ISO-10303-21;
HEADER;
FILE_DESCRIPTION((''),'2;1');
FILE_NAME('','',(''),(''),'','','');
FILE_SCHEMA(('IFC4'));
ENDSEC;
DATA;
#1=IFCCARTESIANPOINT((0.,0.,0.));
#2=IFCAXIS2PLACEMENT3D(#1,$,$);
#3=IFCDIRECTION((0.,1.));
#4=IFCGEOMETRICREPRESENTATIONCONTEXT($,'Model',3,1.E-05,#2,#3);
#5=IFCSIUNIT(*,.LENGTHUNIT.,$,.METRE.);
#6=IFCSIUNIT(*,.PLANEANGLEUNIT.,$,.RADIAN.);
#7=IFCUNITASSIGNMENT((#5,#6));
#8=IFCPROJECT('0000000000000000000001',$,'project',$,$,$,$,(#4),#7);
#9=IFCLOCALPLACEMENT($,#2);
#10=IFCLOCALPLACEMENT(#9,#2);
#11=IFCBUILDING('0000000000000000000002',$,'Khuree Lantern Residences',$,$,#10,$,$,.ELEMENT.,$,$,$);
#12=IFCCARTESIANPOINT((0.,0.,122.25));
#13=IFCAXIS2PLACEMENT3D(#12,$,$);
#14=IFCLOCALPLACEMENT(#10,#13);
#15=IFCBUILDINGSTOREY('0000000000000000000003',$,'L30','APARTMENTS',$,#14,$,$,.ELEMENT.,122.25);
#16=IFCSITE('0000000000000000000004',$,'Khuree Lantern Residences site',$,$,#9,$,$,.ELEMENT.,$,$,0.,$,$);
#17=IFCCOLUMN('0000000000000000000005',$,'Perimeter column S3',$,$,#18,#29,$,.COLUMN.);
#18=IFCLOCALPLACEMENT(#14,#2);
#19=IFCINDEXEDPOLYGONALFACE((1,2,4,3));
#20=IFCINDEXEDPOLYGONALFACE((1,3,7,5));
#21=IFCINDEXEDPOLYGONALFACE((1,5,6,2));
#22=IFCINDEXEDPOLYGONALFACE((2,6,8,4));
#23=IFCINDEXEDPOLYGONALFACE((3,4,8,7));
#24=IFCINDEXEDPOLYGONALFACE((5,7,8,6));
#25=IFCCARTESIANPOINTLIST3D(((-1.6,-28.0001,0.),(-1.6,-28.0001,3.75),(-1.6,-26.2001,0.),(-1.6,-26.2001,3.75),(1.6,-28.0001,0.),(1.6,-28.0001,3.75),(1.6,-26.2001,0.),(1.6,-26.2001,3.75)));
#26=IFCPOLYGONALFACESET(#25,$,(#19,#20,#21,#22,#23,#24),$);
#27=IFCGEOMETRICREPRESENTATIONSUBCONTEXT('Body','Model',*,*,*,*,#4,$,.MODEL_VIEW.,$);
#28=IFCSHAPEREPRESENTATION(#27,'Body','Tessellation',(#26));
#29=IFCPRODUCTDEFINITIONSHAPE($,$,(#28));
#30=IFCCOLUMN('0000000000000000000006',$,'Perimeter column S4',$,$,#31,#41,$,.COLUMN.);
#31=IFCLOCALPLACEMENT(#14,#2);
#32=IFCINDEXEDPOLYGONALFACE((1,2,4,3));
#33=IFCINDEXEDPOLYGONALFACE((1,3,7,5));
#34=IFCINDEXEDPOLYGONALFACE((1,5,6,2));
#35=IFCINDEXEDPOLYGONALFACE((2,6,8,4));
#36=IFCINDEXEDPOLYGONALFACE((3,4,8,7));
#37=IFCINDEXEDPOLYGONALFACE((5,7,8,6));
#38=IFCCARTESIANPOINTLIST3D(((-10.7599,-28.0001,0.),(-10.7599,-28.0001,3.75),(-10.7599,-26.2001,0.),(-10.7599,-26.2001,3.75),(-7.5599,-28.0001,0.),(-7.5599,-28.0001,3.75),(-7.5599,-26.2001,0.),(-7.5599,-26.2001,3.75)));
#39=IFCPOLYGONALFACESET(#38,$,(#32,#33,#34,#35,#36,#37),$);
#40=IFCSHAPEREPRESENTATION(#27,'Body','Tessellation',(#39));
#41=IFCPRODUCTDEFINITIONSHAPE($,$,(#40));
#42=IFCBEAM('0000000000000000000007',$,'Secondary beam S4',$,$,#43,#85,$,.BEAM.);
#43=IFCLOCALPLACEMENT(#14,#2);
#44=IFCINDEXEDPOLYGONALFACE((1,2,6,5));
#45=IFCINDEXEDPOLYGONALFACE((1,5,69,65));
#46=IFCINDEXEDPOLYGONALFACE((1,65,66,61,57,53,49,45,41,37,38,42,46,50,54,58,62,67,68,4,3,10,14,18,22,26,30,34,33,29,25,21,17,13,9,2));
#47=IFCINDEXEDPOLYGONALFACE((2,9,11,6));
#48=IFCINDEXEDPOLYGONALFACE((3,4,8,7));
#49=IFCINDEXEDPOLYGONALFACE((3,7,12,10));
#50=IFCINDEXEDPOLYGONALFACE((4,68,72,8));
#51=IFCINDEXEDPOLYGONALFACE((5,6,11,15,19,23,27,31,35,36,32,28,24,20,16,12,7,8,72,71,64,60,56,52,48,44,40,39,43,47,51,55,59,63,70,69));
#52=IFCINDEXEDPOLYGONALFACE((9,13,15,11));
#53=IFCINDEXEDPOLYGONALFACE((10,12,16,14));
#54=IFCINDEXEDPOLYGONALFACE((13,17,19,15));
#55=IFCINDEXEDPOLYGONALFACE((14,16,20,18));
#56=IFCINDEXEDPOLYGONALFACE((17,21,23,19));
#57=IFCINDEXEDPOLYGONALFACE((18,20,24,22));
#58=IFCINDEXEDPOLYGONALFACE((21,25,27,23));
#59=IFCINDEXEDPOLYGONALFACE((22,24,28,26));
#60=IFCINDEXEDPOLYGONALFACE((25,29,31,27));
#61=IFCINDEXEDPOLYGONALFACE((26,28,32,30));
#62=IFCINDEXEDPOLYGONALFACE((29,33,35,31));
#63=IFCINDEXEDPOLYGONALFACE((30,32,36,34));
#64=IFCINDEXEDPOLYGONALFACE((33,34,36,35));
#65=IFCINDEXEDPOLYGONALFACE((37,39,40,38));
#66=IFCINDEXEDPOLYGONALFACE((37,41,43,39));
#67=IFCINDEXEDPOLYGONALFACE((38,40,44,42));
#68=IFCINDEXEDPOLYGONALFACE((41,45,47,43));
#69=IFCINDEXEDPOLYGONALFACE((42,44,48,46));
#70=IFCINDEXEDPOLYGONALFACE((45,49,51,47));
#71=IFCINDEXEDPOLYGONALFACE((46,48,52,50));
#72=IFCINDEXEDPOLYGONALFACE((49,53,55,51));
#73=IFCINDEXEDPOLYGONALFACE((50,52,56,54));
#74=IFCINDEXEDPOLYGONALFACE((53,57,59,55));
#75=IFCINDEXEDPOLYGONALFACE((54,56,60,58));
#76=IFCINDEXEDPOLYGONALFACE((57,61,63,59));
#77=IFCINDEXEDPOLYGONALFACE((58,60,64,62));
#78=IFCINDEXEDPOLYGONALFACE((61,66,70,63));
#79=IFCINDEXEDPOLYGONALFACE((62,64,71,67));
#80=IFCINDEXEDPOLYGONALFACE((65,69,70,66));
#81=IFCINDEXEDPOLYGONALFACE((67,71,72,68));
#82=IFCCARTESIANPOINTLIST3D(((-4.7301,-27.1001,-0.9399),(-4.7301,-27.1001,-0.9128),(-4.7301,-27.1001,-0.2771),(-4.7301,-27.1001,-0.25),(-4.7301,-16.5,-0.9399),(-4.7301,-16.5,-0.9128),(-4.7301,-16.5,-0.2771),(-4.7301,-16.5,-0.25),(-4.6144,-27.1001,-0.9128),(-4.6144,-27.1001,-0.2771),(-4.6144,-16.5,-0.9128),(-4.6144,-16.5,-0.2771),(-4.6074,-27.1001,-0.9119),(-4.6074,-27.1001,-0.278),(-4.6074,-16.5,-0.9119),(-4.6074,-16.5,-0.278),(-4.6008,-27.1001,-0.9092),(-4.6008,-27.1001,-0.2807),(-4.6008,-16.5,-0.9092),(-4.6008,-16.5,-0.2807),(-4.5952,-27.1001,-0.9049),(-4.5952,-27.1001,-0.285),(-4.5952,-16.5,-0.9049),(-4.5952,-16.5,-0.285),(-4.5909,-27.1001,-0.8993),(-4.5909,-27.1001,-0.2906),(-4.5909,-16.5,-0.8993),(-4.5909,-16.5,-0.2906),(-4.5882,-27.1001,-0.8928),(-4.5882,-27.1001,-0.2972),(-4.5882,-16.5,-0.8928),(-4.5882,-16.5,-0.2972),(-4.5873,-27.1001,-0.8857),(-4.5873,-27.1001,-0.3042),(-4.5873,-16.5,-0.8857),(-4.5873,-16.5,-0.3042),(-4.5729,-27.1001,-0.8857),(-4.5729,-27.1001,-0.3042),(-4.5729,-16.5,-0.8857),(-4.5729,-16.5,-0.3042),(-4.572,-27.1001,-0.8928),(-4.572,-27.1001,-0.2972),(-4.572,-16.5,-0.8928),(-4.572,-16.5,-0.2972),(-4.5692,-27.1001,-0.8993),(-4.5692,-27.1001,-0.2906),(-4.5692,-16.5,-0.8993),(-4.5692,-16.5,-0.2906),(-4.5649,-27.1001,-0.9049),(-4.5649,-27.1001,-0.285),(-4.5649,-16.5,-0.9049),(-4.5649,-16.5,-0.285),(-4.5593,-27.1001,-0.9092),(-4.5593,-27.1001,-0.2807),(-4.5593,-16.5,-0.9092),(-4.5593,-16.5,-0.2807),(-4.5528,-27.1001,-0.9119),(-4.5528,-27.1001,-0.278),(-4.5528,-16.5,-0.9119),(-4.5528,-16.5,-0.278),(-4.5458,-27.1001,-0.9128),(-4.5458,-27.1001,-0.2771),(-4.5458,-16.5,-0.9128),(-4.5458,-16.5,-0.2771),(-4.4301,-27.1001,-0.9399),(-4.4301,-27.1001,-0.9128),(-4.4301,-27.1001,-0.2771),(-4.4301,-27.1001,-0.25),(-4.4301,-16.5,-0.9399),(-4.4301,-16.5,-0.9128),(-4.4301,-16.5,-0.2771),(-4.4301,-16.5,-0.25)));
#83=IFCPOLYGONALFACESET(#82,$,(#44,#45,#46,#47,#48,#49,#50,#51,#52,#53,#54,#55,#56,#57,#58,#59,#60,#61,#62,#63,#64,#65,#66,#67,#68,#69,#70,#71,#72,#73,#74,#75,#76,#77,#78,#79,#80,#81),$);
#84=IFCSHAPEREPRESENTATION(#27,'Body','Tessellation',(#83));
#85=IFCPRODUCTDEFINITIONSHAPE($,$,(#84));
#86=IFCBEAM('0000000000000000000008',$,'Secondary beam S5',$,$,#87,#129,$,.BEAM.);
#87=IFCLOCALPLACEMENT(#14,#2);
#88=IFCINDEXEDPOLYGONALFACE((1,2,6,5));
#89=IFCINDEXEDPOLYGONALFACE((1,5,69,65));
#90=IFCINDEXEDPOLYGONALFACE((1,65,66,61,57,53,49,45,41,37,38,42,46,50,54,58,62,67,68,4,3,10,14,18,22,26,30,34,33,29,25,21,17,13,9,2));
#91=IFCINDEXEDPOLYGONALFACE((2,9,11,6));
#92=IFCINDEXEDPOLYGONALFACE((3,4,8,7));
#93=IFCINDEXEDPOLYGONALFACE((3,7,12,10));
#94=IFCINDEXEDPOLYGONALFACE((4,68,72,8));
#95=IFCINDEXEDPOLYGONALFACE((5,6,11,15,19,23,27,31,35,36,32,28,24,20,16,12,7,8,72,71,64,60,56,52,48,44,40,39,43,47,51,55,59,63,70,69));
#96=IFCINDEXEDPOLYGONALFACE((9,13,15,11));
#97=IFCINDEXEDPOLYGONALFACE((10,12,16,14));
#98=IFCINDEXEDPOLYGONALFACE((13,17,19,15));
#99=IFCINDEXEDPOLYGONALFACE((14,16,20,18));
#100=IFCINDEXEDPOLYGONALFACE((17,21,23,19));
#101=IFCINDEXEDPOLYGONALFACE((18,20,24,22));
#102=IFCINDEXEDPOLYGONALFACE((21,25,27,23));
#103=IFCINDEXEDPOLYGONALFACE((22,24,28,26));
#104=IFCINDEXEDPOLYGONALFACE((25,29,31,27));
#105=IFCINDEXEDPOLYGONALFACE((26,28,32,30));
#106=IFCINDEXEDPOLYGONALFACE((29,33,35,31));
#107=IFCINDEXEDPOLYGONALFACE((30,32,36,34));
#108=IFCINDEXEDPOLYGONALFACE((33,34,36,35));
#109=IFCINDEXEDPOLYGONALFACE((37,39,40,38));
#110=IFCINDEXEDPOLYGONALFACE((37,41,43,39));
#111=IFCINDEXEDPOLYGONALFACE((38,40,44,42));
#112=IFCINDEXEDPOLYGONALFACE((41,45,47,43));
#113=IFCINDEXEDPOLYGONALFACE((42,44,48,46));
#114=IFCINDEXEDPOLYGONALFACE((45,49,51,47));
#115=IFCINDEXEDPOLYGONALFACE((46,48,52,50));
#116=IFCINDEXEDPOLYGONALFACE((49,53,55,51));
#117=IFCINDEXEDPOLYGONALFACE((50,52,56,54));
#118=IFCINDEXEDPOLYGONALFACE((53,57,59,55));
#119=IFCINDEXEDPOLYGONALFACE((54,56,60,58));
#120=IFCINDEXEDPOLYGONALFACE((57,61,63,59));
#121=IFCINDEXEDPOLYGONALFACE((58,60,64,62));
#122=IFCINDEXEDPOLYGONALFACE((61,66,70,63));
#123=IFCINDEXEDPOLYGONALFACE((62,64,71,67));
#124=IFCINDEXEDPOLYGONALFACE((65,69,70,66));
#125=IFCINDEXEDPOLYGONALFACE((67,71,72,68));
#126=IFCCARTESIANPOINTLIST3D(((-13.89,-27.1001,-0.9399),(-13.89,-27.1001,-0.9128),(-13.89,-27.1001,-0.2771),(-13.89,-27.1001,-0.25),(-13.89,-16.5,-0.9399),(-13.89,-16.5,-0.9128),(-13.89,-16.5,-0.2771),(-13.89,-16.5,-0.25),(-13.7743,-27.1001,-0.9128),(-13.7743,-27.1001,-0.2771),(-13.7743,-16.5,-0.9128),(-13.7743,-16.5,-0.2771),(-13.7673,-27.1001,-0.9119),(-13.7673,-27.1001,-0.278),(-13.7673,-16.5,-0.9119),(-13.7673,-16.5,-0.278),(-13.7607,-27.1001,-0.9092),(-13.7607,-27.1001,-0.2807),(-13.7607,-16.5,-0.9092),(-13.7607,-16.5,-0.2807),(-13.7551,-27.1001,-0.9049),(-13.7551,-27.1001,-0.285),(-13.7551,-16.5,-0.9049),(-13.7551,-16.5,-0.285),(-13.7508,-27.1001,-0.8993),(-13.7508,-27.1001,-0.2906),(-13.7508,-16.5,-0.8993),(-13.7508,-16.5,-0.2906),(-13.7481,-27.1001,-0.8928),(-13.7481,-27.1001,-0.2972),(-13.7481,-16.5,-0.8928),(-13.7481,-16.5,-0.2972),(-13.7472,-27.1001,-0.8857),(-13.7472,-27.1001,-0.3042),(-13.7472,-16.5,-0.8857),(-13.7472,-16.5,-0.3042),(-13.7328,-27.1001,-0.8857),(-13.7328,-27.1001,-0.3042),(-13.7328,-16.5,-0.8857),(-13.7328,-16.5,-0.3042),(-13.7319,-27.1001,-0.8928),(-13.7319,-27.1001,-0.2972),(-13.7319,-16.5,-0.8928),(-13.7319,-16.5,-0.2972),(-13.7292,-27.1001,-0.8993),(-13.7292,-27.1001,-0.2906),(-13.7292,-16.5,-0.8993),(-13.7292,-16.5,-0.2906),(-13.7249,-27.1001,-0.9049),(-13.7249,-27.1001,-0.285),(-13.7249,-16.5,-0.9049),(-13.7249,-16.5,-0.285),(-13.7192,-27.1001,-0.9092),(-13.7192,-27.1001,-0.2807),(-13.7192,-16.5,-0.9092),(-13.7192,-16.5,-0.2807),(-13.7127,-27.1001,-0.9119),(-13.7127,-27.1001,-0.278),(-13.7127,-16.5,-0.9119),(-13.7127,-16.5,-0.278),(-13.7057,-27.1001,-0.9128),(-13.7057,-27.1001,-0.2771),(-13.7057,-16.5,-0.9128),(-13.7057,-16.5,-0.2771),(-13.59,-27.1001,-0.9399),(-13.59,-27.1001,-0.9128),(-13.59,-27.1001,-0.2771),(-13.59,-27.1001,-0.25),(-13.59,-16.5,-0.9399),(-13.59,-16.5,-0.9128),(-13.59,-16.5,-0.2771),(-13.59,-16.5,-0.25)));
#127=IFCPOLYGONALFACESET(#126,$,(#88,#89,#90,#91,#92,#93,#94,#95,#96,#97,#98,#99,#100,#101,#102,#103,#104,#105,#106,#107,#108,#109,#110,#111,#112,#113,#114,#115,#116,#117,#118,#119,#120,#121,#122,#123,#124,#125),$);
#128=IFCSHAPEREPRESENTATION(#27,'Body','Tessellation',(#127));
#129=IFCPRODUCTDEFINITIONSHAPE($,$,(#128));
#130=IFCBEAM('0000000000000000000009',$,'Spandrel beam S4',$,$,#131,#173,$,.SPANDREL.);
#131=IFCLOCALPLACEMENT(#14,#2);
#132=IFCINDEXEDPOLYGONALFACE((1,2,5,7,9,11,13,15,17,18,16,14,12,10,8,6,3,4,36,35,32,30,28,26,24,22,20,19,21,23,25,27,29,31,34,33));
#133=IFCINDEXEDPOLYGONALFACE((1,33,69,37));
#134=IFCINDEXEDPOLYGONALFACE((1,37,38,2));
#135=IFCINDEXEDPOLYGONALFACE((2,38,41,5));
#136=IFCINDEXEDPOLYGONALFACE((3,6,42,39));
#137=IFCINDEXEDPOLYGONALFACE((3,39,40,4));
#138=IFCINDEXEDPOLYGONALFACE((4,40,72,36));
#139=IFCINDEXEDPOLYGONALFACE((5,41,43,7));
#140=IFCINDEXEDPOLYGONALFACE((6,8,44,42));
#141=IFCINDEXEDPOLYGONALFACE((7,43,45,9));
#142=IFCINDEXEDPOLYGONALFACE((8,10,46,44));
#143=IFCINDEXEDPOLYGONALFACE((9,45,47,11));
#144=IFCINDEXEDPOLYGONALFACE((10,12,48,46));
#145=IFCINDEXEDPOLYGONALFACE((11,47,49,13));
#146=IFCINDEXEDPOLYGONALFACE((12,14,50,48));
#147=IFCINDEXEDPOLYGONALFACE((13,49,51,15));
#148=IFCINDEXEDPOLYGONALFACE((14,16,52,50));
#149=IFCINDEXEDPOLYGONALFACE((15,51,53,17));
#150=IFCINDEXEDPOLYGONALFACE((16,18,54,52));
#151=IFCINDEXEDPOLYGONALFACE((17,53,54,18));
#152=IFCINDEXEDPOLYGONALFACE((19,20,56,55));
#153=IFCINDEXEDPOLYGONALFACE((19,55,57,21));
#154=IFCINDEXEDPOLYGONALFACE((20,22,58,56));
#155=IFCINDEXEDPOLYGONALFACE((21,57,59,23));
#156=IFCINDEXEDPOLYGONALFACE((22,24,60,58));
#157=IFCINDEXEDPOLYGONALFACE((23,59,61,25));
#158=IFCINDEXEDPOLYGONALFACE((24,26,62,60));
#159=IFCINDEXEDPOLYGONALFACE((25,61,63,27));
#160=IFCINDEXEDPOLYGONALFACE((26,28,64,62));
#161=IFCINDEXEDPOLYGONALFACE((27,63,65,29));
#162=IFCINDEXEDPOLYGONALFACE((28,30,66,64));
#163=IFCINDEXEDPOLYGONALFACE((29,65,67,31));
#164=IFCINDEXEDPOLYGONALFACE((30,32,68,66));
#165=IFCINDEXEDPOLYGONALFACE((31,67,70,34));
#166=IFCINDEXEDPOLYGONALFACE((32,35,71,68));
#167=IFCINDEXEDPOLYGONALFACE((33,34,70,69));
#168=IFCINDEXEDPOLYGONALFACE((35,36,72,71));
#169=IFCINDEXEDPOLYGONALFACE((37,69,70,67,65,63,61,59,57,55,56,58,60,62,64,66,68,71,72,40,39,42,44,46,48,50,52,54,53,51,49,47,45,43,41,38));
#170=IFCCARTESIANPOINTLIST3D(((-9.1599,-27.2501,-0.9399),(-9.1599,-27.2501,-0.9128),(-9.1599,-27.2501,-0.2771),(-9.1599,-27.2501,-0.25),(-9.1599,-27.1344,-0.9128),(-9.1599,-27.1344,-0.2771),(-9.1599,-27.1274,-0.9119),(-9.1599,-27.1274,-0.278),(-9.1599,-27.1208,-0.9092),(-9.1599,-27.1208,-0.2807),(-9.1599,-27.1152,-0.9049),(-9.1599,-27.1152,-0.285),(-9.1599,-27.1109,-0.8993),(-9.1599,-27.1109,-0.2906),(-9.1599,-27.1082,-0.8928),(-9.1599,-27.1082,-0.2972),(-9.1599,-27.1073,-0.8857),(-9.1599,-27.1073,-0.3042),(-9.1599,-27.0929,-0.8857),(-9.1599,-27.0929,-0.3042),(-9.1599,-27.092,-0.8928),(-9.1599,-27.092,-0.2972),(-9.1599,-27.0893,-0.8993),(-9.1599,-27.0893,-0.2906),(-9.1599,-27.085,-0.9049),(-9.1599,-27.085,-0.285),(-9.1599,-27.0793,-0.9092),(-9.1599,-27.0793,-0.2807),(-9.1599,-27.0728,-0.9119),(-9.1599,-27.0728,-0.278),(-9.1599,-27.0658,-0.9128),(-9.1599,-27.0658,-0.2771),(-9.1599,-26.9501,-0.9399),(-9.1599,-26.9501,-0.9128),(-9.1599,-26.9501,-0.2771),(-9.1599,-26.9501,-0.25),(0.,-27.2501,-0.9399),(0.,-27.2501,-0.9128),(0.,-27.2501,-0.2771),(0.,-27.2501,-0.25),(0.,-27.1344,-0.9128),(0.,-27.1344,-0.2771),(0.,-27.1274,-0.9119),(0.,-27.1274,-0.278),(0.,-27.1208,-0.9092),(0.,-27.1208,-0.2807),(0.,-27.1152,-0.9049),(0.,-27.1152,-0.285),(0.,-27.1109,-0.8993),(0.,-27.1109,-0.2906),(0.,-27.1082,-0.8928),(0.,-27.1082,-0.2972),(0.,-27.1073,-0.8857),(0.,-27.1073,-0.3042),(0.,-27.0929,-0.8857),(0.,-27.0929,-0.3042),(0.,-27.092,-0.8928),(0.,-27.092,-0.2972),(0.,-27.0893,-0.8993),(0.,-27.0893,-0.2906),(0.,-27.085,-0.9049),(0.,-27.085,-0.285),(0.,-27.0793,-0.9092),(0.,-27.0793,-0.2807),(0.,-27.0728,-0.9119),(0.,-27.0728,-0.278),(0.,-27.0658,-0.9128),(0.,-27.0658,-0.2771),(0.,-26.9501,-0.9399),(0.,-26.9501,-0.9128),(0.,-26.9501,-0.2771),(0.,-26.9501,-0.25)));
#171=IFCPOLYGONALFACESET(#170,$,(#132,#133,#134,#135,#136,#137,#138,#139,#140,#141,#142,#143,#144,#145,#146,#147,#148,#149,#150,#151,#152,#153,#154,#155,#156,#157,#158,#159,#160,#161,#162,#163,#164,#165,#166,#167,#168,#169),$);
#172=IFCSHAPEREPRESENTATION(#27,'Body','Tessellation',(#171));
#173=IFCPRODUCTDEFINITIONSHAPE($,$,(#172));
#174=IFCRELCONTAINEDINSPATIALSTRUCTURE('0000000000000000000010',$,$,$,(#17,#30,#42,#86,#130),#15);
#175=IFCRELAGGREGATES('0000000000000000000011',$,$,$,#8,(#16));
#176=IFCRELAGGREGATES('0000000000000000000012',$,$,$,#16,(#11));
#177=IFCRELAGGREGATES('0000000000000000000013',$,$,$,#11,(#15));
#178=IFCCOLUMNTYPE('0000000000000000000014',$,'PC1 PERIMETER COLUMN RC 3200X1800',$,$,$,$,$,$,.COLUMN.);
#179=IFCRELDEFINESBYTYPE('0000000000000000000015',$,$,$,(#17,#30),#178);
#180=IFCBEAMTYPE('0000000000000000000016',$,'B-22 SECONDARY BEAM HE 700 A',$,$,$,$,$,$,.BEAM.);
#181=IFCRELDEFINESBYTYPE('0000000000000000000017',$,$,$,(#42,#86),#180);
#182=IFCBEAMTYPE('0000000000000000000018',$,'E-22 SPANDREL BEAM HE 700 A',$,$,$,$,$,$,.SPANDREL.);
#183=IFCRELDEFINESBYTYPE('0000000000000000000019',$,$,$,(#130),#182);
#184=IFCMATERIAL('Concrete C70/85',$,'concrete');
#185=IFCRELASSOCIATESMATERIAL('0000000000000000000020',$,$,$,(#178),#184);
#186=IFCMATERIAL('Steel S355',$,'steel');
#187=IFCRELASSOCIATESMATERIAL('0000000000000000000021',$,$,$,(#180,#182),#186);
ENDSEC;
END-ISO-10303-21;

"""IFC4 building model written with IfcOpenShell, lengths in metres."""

from ifc_helpers import new_model, si_unit, direction, frame, origin, origin_2d, place, context, subcontext, project, spatial, rectangle, i_section, extrude, material, material_profile, profile_set, type_object, element, save


model = new_model("IFC4")

# Units and contexts
model_context = context("Model", 3, precision=1e-05, world=origin(), true_north=direction((0.0, 1.0)))
body_context = subcontext(model_context, "Body", "Model", "MODEL_VIEW")
ifc_project = project(units=[si_unit("LENGTHUNIT", "METRE"), si_unit("PLANEANGLEUNIT", "RADIAN")], contexts=[model_context])

# Site, building, storey
site_placement = place(None, origin())
site = spatial("IfcSite", under=ifc_project, at=site_placement, Name="Khuree Lantern Residences site", CompositionType="ELEMENT", RefElevation=0.0)
building_placement = place(site_placement, origin())
building = spatial("IfcBuilding", under=site, at=building_placement, Name="Khuree Lantern Residences", CompositionType="ELEMENT")
storey_placement = place(building_placement, frame((0.0, 0.0, 122.25)))
storey = spatial("IfcBuildingStorey", under=building, at=storey_placement, Name="L30", Description="APARTMENTS", CompositionType="ELEMENT", Elevation=122.25)

# Columns
ifc_material_1 = material(Name="Concrete C70/85", Category="concrete")
ifc_material_profile_1 = material_profile(ifc_material_1, rectangle(XDim=3.2, YDim=1.8, at=origin_2d()), Name="RC 3200X1800")
ifc_profile_set_1 = profile_set([ifc_material_profile_1], Name="Concrete C70/85")
column_type = type_object("IfcColumnType", Name="PC1 PERIMETER COLUMN RC 3200X1800", PredefinedType="COLUMN", material=ifc_profile_set_1)
for number, where, z_axis, x_axis, name in (
    (1, (0.0, -27.1001, 0.0), (0.0, 0.0, 1.0), (1.0, 0.0, 0.0), "Perimeter column S3"),
    (2, (-9.1599, -27.1001, 0.0), (0.0, 0.0, 1.0), (1.0, 0.0, 0.0), "Perimeter column S4"),
):
    element("IfcColumn", number, at=place(storey_placement, frame(where, z_axis=z_axis, x_axis=x_axis)), inside=storey, type_object=column_type, Name=name, PredefinedType="COLUMN", context=body_context, shape_type="SweptSolid", body=[
        extrude(rectangle(XDim=3.2, YDim=1.8, at=origin_2d()), origin(), (0.0, 0.0, 1.0), 3.75),
    ])

# Beams
ifc_material_2 = material(Name="Steel S355", Category="steel")
ifc_material_profile_2 = material_profile(ifc_material_2, i_section(OverallWidth=0.3, OverallDepth=0.6899, WebThickness=0.0144, FlangeThickness=0.0271, FilletRadius=0.0271, at=origin_2d()), Name="HE 700 A")
ifc_profile_set_2 = profile_set([ifc_material_profile_2], Name="Steel S355")
beam_type_1 = type_object("IfcBeamType", Name="B-22 SECONDARY BEAM HE 700 A", PredefinedType="BEAM", material=ifc_profile_set_2)
for number, where, z_axis, x_axis, name in (
    (3, (-4.5801, -27.1001, -0.595), (0.0, 1.0, 0.0), (-1.0, 0.0, 0.0), "Secondary beam S4"),
    (4, (-13.74, -27.1001, -0.595), (0.0, 1.0, 0.0), (-1.0, 0.0, 0.0), "Secondary beam S5"),
):
    element("IfcBeam", number, at=place(storey_placement, frame(where, z_axis=z_axis, x_axis=x_axis)), inside=storey, type_object=beam_type_1, Name=name, PredefinedType="BEAM", context=body_context, shape_type="SweptSolid", body=[
        extrude(i_section(OverallWidth=0.3, OverallDepth=0.6899, WebThickness=0.0144, FlangeThickness=0.0271, FilletRadius=0.0271, at=origin_2d()), origin(), (0.0, 0.0, 1.0), 10.6001),
    ])
ifc_material_profile_3 = material_profile(ifc_material_2, i_section(OverallWidth=0.3, OverallDepth=0.6899, WebThickness=0.0144, FlangeThickness=0.0271, FilletRadius=0.0271, at=origin_2d()), Name="HE 700 A")
ifc_profile_set_3 = profile_set([ifc_material_profile_3], Name="Steel S355")
beam_type_2 = type_object("IfcBeamType", Name="E-22 SPANDREL BEAM HE 700 A", PredefinedType="SPANDREL", material=ifc_profile_set_3)
beam_1_placement = place(storey_placement, frame((0.0, -27.1001, -0.595), z_axis=(-1.0, 0.0, 0.0), x_axis=(0.0, -1.0, 0.0)))
element("IfcBeam", 5, at=beam_1_placement, inside=storey, type_object=beam_type_2, Name="Spandrel beam S4", PredefinedType="SPANDREL", context=body_context, shape_type="SweptSolid", body=[
    extrude(i_section(OverallWidth=0.3, OverallDepth=0.6899, WebThickness=0.0144, FlangeThickness=0.0271, FilletRadius=0.0271, at=origin_2d()), origin(), (0.0, 0.0, 1.0), 9.1599),
])

save(model, "model.ifc")
